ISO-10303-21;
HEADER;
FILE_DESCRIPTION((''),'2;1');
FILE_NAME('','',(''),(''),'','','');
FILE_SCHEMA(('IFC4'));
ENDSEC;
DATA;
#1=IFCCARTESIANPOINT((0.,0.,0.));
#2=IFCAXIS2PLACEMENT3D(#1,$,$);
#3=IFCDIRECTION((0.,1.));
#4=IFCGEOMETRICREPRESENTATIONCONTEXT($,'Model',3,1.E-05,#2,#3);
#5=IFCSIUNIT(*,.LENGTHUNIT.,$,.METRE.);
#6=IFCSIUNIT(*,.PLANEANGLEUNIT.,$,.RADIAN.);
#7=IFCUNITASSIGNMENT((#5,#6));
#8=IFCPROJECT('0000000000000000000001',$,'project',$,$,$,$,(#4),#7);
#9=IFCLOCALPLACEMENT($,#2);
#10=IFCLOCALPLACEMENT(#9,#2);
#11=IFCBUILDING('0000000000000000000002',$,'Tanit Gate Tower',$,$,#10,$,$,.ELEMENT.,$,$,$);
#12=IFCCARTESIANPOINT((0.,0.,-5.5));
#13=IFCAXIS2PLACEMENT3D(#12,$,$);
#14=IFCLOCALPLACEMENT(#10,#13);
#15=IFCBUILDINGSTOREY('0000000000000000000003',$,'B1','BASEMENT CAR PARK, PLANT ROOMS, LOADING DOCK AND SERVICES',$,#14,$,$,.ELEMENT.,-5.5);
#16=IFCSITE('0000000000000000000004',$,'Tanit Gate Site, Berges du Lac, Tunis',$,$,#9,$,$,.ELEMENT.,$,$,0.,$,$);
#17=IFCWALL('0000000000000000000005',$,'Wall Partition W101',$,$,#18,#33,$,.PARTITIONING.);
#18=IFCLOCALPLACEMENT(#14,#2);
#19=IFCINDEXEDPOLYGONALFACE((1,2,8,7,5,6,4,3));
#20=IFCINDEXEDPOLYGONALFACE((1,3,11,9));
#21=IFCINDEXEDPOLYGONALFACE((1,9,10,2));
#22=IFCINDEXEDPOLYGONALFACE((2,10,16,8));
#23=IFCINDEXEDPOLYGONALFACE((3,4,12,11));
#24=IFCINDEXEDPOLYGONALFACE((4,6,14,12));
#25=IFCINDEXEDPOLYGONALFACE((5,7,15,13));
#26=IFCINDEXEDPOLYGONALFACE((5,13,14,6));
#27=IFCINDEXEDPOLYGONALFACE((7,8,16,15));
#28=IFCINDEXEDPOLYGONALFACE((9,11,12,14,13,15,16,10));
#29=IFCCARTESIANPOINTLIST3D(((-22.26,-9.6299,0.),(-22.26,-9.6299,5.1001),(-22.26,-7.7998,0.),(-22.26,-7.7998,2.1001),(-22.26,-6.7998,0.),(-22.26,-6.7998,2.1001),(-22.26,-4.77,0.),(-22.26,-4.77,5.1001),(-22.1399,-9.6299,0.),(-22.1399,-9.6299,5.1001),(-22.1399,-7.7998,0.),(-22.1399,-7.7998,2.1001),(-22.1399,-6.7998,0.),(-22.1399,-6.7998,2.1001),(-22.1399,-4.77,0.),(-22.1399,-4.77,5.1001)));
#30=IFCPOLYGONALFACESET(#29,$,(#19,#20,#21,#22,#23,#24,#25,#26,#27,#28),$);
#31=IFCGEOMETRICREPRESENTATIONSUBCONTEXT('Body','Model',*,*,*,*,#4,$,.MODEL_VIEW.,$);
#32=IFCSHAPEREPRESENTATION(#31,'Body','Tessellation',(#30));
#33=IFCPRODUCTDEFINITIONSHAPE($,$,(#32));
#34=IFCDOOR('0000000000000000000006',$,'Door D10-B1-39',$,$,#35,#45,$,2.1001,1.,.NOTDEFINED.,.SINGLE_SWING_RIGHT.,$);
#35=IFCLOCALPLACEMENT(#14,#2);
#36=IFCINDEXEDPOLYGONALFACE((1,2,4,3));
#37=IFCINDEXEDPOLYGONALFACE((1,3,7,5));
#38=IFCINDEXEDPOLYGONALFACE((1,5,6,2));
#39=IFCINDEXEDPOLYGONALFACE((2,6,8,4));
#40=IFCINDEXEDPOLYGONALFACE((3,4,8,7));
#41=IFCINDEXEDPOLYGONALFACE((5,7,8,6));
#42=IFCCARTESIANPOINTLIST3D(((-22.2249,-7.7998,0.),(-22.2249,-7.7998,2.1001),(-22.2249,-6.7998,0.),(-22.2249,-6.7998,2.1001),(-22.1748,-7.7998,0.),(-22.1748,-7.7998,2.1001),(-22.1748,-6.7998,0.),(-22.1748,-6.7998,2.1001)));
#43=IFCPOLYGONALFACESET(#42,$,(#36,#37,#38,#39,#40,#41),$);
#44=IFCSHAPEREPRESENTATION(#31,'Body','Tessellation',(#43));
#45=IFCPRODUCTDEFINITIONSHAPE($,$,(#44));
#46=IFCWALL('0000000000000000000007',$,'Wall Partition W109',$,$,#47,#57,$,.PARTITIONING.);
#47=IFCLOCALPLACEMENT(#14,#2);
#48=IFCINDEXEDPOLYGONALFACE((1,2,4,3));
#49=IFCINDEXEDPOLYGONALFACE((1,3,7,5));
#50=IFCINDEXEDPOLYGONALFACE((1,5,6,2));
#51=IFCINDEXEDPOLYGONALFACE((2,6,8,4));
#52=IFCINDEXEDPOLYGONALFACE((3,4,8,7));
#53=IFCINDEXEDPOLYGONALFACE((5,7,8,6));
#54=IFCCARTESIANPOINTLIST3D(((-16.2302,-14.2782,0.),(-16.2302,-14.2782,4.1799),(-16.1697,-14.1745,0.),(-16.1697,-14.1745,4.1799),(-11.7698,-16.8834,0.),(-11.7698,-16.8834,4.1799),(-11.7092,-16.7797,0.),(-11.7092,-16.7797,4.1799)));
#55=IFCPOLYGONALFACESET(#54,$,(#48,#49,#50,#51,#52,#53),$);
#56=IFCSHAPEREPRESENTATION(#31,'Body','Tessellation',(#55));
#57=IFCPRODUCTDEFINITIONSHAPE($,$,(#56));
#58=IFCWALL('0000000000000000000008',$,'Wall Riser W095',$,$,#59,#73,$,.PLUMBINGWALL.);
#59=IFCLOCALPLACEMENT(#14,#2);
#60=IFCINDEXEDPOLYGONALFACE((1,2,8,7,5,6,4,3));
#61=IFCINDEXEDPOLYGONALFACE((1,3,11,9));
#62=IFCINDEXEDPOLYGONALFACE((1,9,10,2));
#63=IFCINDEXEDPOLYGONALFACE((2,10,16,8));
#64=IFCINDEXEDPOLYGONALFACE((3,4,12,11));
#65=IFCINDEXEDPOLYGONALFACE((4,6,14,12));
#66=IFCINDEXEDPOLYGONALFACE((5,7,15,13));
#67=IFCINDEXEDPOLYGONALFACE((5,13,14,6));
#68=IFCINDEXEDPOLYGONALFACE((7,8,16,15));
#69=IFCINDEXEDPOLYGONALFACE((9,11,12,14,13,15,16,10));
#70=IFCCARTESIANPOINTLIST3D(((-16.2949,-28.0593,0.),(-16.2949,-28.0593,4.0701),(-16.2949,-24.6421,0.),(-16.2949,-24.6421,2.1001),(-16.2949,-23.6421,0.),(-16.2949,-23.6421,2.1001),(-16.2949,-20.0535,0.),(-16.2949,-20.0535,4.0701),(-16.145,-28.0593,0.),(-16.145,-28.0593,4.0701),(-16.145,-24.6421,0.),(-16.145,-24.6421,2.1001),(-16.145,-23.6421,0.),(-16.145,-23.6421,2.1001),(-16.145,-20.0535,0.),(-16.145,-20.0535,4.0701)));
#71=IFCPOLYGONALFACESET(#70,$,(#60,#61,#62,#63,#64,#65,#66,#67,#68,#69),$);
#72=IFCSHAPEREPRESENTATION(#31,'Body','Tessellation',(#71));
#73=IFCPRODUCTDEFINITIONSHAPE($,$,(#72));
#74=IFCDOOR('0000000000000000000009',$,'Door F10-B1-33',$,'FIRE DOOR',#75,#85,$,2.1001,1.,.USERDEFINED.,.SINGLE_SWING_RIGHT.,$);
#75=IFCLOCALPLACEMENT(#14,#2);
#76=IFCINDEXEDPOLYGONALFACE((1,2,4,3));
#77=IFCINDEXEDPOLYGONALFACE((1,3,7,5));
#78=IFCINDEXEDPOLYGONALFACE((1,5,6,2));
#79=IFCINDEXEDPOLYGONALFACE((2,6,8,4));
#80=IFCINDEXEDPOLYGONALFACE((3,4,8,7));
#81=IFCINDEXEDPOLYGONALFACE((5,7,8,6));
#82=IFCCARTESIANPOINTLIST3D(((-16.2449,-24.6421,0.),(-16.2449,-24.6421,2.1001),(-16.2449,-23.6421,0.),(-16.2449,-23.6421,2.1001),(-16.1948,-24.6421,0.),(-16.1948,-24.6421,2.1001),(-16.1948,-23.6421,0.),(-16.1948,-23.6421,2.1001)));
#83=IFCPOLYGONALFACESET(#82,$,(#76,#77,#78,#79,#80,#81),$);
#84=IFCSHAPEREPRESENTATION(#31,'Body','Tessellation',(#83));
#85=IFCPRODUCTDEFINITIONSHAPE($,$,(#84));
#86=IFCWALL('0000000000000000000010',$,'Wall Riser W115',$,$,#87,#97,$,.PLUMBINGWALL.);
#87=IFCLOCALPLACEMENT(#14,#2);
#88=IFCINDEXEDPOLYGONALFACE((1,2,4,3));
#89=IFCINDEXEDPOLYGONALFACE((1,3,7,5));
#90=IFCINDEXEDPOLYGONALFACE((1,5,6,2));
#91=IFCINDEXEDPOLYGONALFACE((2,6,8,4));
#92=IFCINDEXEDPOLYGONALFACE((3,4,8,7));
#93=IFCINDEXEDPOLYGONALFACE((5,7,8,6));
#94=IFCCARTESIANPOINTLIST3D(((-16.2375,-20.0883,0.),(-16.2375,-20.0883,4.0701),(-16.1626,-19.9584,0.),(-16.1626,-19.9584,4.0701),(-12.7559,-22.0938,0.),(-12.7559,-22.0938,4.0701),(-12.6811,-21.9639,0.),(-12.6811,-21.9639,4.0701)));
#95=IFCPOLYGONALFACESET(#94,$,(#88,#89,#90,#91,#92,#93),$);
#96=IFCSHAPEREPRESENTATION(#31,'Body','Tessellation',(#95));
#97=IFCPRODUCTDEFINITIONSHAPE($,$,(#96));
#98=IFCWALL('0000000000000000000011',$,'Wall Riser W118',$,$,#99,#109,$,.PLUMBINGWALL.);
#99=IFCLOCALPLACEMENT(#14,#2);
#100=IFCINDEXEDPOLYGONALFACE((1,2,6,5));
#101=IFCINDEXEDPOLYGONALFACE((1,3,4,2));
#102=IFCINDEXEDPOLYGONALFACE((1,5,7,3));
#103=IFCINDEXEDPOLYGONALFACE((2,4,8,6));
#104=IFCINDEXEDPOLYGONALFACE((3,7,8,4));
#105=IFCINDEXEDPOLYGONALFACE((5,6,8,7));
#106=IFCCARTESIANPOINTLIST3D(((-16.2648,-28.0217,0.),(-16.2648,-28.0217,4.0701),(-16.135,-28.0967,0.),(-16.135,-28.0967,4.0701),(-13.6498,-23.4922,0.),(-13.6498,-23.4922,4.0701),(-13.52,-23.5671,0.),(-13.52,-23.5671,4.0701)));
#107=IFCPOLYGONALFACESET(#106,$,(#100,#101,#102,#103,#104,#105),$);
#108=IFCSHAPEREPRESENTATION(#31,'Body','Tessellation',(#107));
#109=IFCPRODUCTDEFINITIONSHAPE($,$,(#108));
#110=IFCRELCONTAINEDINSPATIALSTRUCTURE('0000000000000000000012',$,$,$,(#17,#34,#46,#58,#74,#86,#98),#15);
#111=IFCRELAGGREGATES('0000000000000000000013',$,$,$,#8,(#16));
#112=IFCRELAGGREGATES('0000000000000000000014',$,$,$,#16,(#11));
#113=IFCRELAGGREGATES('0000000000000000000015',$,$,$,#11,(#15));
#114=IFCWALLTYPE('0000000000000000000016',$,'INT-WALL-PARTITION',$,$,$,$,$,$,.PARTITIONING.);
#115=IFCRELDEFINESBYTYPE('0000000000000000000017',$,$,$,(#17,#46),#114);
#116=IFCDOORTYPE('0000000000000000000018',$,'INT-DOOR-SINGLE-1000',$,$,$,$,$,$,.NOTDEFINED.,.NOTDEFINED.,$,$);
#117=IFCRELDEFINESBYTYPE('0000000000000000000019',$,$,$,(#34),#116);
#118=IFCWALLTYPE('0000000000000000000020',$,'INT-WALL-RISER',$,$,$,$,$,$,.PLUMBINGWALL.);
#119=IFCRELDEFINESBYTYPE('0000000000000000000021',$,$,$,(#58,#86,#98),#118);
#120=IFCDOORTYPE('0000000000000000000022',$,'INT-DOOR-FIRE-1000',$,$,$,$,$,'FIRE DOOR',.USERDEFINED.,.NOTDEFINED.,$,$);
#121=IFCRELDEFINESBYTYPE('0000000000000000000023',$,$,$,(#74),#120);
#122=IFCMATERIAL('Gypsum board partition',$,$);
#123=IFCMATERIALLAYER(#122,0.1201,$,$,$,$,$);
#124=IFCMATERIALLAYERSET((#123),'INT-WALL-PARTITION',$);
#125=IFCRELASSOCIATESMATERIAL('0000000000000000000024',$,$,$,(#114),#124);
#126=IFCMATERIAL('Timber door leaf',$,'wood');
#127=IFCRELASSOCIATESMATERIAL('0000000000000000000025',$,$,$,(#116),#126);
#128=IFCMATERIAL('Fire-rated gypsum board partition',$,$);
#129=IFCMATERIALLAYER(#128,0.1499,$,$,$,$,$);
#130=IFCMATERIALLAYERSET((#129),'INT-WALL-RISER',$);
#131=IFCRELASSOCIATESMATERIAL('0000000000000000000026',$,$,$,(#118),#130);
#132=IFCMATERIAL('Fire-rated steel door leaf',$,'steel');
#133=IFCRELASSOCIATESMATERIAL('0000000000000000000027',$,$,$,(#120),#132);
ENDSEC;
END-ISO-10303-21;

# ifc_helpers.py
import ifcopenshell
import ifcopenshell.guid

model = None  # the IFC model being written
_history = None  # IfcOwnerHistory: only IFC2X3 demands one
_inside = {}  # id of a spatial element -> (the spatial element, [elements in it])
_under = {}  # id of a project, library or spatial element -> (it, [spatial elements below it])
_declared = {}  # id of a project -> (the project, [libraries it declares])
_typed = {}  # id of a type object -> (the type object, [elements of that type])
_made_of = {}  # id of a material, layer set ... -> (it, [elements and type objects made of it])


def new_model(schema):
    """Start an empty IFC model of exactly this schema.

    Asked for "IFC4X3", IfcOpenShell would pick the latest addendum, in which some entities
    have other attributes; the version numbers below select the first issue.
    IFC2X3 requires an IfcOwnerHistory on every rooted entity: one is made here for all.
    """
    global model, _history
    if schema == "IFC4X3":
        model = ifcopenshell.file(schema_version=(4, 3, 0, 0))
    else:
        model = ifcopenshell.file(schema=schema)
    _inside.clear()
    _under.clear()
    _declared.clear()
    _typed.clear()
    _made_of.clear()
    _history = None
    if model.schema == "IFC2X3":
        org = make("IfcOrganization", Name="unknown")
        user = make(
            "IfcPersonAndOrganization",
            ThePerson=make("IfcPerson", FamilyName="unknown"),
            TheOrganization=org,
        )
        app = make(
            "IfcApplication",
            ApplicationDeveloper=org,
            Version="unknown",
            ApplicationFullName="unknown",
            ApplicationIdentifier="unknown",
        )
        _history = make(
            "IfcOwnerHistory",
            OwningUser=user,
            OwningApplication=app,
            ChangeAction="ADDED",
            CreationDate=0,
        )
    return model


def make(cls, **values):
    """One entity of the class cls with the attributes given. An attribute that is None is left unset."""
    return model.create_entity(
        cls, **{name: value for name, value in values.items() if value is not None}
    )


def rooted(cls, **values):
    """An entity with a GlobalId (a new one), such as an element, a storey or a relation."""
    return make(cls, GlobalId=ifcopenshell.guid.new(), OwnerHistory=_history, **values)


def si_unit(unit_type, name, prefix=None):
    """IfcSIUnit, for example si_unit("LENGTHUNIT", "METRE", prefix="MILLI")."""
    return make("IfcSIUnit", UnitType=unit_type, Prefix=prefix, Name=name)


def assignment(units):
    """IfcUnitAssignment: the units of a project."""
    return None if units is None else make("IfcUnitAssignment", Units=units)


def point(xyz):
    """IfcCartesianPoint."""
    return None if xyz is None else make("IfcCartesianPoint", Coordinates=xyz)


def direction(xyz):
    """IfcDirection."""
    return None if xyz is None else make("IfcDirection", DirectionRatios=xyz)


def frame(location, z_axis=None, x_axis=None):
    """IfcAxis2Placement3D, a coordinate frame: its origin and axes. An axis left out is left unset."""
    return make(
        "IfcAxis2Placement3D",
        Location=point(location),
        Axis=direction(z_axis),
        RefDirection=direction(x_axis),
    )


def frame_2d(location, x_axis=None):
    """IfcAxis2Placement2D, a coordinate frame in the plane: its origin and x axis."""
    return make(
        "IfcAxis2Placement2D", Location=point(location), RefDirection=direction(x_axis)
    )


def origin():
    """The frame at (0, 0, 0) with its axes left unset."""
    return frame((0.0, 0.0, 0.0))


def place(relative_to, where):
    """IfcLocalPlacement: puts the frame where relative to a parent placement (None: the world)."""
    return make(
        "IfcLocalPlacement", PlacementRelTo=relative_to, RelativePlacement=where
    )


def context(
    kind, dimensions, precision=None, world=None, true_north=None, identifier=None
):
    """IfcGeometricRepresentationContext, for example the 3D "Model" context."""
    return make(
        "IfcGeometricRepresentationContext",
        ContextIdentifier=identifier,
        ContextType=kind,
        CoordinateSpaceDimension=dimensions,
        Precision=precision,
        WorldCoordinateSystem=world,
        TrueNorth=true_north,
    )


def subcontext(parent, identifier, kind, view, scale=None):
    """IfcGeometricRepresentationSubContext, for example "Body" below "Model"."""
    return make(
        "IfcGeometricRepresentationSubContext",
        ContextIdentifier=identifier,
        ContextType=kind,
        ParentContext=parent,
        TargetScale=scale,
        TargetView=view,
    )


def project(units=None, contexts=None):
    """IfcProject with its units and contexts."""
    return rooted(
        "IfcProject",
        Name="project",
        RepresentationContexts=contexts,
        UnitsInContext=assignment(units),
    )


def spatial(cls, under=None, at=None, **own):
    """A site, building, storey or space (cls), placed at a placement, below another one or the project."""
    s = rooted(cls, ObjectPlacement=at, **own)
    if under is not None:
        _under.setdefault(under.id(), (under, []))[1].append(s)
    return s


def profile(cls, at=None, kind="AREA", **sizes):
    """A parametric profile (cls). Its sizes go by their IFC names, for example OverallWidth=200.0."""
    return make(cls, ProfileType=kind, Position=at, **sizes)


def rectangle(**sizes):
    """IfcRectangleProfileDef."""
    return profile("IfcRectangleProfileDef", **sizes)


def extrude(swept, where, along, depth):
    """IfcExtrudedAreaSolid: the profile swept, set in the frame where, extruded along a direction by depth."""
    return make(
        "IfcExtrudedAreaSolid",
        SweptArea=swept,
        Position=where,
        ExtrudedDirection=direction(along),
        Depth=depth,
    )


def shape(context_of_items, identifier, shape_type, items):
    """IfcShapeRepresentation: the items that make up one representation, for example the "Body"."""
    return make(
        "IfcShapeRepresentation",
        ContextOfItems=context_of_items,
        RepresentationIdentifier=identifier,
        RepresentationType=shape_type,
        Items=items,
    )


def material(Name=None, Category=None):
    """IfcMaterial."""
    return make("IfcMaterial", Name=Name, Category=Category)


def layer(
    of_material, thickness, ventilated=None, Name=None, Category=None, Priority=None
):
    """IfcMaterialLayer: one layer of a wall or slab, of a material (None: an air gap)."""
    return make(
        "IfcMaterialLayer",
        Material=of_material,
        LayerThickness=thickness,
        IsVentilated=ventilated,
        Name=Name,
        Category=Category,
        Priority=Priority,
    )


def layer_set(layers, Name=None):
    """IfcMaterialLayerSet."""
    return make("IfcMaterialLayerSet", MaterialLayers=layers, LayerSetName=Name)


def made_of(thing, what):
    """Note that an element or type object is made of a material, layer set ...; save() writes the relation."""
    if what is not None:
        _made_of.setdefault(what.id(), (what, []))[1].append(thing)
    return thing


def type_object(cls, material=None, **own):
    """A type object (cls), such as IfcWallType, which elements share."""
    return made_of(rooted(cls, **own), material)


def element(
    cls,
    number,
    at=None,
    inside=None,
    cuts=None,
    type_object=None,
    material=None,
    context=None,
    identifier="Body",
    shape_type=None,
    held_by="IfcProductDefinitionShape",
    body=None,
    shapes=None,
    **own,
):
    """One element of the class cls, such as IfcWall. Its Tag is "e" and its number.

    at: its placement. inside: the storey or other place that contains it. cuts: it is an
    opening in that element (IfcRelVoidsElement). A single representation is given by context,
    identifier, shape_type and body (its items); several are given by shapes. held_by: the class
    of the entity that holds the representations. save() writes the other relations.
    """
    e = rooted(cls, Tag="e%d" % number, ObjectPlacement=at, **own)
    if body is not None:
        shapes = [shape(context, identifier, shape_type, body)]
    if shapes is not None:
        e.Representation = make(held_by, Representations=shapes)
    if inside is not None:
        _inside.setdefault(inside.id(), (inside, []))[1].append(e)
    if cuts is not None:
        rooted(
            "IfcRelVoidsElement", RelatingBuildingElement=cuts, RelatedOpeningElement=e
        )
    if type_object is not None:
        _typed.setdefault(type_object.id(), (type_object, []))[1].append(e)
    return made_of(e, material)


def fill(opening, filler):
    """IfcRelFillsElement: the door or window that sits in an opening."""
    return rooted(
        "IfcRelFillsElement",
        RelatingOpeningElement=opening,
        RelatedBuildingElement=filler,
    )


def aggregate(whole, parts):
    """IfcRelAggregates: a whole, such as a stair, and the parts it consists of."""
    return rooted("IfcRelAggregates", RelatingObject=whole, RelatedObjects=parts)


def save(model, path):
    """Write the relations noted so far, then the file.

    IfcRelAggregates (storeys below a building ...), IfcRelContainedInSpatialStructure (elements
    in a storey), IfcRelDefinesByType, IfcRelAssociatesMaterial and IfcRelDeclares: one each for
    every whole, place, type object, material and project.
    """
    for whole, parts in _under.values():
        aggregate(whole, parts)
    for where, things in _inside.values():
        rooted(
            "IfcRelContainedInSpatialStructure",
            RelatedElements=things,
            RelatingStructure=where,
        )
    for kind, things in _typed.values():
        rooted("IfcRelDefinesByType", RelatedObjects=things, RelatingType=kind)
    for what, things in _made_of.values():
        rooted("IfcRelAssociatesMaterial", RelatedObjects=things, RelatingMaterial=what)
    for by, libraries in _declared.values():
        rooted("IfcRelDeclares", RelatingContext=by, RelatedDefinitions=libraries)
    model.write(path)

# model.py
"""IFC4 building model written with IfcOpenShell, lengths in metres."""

from ifc_helpers import new_model, si_unit, direction, frame, frame_2d, origin, place, context, subcontext, project, spatial, rectangle, extrude, material, layer, layer_set, type_object, element, fill, save


model = new_model("IFC4")

# Units and contexts
model_context = context("Model", 3, precision=1e-05, world=origin(), true_north=direction((0.0, 1.0)))
body_context = subcontext(model_context, "Body", "Model", "MODEL_VIEW")
ifc_project = project(units=[si_unit("LENGTHUNIT", "METRE"), si_unit("PLANEANGLEUNIT", "RADIAN")], contexts=[model_context])

# Site, building, storey
site_placement = place(None, origin())
site = spatial("IfcSite", under=ifc_project, at=site_placement, Name="Tanit Gate Site, Berges du Lac, Tunis", CompositionType="ELEMENT", RefElevation=0.0)
building_placement = place(site_placement, origin())
building = spatial("IfcBuilding", under=site, at=building_placement, Name="Tanit Gate Tower", CompositionType="ELEMENT")
storey_placement = place(building_placement, frame((0.0, 0.0, -5.5)))
storey = spatial("IfcBuildingStorey", under=building, at=storey_placement, Name="B1", Description="BASEMENT CAR PARK, PLANT ROOMS, LOADING DOCK AND SERVICES", CompositionType="ELEMENT", Elevation=-5.5)

# Shared definitions
ifc_material_1 = material(Name="Gypsum board partition")
ifc_layer_1 = layer(ifc_material_1, 0.1201)
ifc_layer_set_1 = layer_set([ifc_layer_1], Name="INT-WALL-PARTITION")
wall_type_1 = type_object("IfcWallType", Name="INT-WALL-PARTITION", PredefinedType="PARTITIONING", material=ifc_layer_set_1)
ifc_material_2 = material(Name="Timber door leaf", Category="wood")
door_type_1 = type_object("IfcDoorType", Name="INT-DOOR-SINGLE-1000", OperationType="NOTDEFINED", PredefinedType="NOTDEFINED", material=ifc_material_2)

# Wall, opening, door
wall_1_placement = place(storey_placement, frame((-22.2, -9.6299, 0.0), z_axis=(0.0, 0.0, 1.0), x_axis=(0.0, 1.0, 0.0)))
wall_1 = element("IfcWall", 1, at=wall_1_placement, inside=storey, type_object=wall_type_1, Name="Wall Partition W101", PredefinedType="PARTITIONING", context=body_context, shape_type="SweptSolid", body=[
    extrude(rectangle(XDim=4.8599, YDim=0.1201, at=frame_2d((2.4299, 0.0))), origin(), (0.0, 0.0, 1.0), 5.1001),
])
opening_1_placement = place(wall_1_placement, frame((1.8301, 0.0, 0.0)))
opening_1 = element("IfcOpeningElement", 2, at=opening_1_placement, cuts=wall_1, PredefinedType="OPENING", context=body_context, shape_type="SweptSolid", body=[
    extrude(rectangle(XDim=1.0, YDim=2.1001, at=frame_2d((0.5, 1.05))), frame((0.0, 0.0701, 0.0), z_axis=(0.0, -1.0, 0.0), x_axis=(1.0, 0.0, 0.0)), (0.0, 0.0, 1.0), 0.1401),
])
door_1_placement = place(opening_1_placement, origin())
door_1 = element("IfcDoor", 3, at=door_1_placement, inside=storey, type_object=door_type_1, Name="Door D10-B1-39", OperationType="SINGLE_SWING_RIGHT", OverallHeight=2.1001, OverallWidth=1.0, PredefinedType="NOTDEFINED", context=body_context, shape_type="SweptSolid", body=[
    extrude(rectangle(XDim=1.0, YDim=2.1001, at=frame_2d((0.5, 1.05))), frame((0.0, 0.0249, 0.0), z_axis=(0.0, -1.0, 0.0), x_axis=(1.0, 0.0, 0.0)), (0.0, 0.0, 1.0), 0.05),
])
fill(opening_1, door_1)

# Wall
wall_2_placement = place(storey_placement, frame((-16.2, -14.2263, 0.0), z_axis=(0.0, 0.0, 1.0), x_axis=(0.863501, -0.504347, 0.0)))
element("IfcWall", 4, at=wall_2_placement, inside=storey, type_object=wall_type_1, Name="Wall Partition W109", PredefinedType="PARTITIONING", context=body_context, shape_type="SweptSolid", body=[
    extrude(rectangle(XDim=5.1655, YDim=0.1201, at=frame_2d((2.5828, 0.0))), origin(), (0.0, 0.0, 1.0), 4.1799),
])

# Wall, opening, door
ifc_material_3 = material(Name="Fire-rated gypsum board partition")
ifc_layer_2 = layer(ifc_material_3, 0.1499)
ifc_layer_set_2 = layer_set([ifc_layer_2], Name="INT-WALL-RISER")
wall_type_2 = type_object("IfcWallType", Name="INT-WALL-RISER", PredefinedType="PLUMBINGWALL", material=ifc_layer_set_2)
wall_3_placement = place(storey_placement, frame((-16.22, -28.0593, 0.0), z_axis=(0.0, 0.0, 1.0), x_axis=(0.0, 1.0, 0.0)))
wall_3 = element("IfcWall", 5, at=wall_3_placement, inside=storey, type_object=wall_type_2, Name="Wall Riser W095", PredefinedType="PLUMBINGWALL", context=body_context, shape_type="SweptSolid", body=[
    extrude(rectangle(XDim=8.0059, YDim=0.1499, at=frame_2d((4.0029, 0.0))), origin(), (0.0, 0.0, 1.0), 4.0701),
])
opening_2_placement = place(wall_3_placement, frame((3.4172, 0.0, 0.0)))
opening_2 = element("IfcOpeningElement", 6, at=opening_2_placement, cuts=wall_3, PredefinedType="OPENING", context=body_context, shape_type="SweptSolid", body=[
    extrude(rectangle(XDim=1.0, YDim=2.1001, at=frame_2d((0.5, 1.05))), frame((0.0, 0.085, 0.0), z_axis=(0.0, -1.0, 0.0), x_axis=(1.0, 0.0, 0.0)), (0.0, 0.0, 1.0), 0.1699),
])
ifc_material_4 = material(Name="Fire-rated steel door leaf", Category="steel")
door_type_2 = type_object("IfcDoorType", Name="INT-DOOR-FIRE-1000", ElementType="FIRE DOOR", OperationType="NOTDEFINED", PredefinedType="USERDEFINED", material=ifc_material_4)
door_2_placement = place(opening_2_placement, origin())
door_2 = element("IfcDoor", 7, at=door_2_placement, inside=storey, type_object=door_type_2, Name="Door F10-B1-33", ObjectType="FIRE DOOR", OperationType="SINGLE_SWING_RIGHT", OverallHeight=2.1001, OverallWidth=1.0, PredefinedType="USERDEFINED", context=body_context, shape_type="SweptSolid", body=[
    extrude(rectangle(XDim=1.0, YDim=2.1001, at=frame_2d((0.5, 1.05))), frame((0.0, 0.0249, 0.0), z_axis=(0.0, -1.0, 0.0), x_axis=(1.0, 0.0, 0.0)), (0.0, 0.0, 1.0), 0.05),
])
fill(opening_2, door_2)

# Walls
wall_4_placement = place(storey_placement, frame((-16.2, -20.0234, 0.0), z_axis=(0.0, 0.0, 1.0), x_axis=(0.866525, -0.499133, 0.0)))
element("IfcWall", 8, at=wall_4_placement, inside=storey, type_object=wall_type_2, Name="Wall Riser W115", PredefinedType="PLUMBINGWALL", context=body_context, shape_type="SweptSolid", body=[
    extrude(rectangle(XDim=4.0178, YDim=0.1499, at=frame_2d((2.0088, 0.0))), origin(), (0.0, 0.0, 1.0), 4.0701),
])
wall_5_placement = place(storey_placement, frame((-16.2, -28.0593, 0.0), z_axis=(0.0, 0.0, 1.0), x_axis=(0.49998, 0.866037, 0.0)))
element("IfcWall", 9, at=wall_5_placement, inside=storey, type_object=wall_type_2, Name="Wall Riser W118", PredefinedType="PLUMBINGWALL", context=body_context, shape_type="SweptSolid", body=[
    extrude(rectangle(XDim=5.2302, YDim=0.1499, at=frame_2d((2.6152, 0.0))), origin(), (0.0, 0.0, 1.0), 4.0701),
])

save(model, "model.ifc")
